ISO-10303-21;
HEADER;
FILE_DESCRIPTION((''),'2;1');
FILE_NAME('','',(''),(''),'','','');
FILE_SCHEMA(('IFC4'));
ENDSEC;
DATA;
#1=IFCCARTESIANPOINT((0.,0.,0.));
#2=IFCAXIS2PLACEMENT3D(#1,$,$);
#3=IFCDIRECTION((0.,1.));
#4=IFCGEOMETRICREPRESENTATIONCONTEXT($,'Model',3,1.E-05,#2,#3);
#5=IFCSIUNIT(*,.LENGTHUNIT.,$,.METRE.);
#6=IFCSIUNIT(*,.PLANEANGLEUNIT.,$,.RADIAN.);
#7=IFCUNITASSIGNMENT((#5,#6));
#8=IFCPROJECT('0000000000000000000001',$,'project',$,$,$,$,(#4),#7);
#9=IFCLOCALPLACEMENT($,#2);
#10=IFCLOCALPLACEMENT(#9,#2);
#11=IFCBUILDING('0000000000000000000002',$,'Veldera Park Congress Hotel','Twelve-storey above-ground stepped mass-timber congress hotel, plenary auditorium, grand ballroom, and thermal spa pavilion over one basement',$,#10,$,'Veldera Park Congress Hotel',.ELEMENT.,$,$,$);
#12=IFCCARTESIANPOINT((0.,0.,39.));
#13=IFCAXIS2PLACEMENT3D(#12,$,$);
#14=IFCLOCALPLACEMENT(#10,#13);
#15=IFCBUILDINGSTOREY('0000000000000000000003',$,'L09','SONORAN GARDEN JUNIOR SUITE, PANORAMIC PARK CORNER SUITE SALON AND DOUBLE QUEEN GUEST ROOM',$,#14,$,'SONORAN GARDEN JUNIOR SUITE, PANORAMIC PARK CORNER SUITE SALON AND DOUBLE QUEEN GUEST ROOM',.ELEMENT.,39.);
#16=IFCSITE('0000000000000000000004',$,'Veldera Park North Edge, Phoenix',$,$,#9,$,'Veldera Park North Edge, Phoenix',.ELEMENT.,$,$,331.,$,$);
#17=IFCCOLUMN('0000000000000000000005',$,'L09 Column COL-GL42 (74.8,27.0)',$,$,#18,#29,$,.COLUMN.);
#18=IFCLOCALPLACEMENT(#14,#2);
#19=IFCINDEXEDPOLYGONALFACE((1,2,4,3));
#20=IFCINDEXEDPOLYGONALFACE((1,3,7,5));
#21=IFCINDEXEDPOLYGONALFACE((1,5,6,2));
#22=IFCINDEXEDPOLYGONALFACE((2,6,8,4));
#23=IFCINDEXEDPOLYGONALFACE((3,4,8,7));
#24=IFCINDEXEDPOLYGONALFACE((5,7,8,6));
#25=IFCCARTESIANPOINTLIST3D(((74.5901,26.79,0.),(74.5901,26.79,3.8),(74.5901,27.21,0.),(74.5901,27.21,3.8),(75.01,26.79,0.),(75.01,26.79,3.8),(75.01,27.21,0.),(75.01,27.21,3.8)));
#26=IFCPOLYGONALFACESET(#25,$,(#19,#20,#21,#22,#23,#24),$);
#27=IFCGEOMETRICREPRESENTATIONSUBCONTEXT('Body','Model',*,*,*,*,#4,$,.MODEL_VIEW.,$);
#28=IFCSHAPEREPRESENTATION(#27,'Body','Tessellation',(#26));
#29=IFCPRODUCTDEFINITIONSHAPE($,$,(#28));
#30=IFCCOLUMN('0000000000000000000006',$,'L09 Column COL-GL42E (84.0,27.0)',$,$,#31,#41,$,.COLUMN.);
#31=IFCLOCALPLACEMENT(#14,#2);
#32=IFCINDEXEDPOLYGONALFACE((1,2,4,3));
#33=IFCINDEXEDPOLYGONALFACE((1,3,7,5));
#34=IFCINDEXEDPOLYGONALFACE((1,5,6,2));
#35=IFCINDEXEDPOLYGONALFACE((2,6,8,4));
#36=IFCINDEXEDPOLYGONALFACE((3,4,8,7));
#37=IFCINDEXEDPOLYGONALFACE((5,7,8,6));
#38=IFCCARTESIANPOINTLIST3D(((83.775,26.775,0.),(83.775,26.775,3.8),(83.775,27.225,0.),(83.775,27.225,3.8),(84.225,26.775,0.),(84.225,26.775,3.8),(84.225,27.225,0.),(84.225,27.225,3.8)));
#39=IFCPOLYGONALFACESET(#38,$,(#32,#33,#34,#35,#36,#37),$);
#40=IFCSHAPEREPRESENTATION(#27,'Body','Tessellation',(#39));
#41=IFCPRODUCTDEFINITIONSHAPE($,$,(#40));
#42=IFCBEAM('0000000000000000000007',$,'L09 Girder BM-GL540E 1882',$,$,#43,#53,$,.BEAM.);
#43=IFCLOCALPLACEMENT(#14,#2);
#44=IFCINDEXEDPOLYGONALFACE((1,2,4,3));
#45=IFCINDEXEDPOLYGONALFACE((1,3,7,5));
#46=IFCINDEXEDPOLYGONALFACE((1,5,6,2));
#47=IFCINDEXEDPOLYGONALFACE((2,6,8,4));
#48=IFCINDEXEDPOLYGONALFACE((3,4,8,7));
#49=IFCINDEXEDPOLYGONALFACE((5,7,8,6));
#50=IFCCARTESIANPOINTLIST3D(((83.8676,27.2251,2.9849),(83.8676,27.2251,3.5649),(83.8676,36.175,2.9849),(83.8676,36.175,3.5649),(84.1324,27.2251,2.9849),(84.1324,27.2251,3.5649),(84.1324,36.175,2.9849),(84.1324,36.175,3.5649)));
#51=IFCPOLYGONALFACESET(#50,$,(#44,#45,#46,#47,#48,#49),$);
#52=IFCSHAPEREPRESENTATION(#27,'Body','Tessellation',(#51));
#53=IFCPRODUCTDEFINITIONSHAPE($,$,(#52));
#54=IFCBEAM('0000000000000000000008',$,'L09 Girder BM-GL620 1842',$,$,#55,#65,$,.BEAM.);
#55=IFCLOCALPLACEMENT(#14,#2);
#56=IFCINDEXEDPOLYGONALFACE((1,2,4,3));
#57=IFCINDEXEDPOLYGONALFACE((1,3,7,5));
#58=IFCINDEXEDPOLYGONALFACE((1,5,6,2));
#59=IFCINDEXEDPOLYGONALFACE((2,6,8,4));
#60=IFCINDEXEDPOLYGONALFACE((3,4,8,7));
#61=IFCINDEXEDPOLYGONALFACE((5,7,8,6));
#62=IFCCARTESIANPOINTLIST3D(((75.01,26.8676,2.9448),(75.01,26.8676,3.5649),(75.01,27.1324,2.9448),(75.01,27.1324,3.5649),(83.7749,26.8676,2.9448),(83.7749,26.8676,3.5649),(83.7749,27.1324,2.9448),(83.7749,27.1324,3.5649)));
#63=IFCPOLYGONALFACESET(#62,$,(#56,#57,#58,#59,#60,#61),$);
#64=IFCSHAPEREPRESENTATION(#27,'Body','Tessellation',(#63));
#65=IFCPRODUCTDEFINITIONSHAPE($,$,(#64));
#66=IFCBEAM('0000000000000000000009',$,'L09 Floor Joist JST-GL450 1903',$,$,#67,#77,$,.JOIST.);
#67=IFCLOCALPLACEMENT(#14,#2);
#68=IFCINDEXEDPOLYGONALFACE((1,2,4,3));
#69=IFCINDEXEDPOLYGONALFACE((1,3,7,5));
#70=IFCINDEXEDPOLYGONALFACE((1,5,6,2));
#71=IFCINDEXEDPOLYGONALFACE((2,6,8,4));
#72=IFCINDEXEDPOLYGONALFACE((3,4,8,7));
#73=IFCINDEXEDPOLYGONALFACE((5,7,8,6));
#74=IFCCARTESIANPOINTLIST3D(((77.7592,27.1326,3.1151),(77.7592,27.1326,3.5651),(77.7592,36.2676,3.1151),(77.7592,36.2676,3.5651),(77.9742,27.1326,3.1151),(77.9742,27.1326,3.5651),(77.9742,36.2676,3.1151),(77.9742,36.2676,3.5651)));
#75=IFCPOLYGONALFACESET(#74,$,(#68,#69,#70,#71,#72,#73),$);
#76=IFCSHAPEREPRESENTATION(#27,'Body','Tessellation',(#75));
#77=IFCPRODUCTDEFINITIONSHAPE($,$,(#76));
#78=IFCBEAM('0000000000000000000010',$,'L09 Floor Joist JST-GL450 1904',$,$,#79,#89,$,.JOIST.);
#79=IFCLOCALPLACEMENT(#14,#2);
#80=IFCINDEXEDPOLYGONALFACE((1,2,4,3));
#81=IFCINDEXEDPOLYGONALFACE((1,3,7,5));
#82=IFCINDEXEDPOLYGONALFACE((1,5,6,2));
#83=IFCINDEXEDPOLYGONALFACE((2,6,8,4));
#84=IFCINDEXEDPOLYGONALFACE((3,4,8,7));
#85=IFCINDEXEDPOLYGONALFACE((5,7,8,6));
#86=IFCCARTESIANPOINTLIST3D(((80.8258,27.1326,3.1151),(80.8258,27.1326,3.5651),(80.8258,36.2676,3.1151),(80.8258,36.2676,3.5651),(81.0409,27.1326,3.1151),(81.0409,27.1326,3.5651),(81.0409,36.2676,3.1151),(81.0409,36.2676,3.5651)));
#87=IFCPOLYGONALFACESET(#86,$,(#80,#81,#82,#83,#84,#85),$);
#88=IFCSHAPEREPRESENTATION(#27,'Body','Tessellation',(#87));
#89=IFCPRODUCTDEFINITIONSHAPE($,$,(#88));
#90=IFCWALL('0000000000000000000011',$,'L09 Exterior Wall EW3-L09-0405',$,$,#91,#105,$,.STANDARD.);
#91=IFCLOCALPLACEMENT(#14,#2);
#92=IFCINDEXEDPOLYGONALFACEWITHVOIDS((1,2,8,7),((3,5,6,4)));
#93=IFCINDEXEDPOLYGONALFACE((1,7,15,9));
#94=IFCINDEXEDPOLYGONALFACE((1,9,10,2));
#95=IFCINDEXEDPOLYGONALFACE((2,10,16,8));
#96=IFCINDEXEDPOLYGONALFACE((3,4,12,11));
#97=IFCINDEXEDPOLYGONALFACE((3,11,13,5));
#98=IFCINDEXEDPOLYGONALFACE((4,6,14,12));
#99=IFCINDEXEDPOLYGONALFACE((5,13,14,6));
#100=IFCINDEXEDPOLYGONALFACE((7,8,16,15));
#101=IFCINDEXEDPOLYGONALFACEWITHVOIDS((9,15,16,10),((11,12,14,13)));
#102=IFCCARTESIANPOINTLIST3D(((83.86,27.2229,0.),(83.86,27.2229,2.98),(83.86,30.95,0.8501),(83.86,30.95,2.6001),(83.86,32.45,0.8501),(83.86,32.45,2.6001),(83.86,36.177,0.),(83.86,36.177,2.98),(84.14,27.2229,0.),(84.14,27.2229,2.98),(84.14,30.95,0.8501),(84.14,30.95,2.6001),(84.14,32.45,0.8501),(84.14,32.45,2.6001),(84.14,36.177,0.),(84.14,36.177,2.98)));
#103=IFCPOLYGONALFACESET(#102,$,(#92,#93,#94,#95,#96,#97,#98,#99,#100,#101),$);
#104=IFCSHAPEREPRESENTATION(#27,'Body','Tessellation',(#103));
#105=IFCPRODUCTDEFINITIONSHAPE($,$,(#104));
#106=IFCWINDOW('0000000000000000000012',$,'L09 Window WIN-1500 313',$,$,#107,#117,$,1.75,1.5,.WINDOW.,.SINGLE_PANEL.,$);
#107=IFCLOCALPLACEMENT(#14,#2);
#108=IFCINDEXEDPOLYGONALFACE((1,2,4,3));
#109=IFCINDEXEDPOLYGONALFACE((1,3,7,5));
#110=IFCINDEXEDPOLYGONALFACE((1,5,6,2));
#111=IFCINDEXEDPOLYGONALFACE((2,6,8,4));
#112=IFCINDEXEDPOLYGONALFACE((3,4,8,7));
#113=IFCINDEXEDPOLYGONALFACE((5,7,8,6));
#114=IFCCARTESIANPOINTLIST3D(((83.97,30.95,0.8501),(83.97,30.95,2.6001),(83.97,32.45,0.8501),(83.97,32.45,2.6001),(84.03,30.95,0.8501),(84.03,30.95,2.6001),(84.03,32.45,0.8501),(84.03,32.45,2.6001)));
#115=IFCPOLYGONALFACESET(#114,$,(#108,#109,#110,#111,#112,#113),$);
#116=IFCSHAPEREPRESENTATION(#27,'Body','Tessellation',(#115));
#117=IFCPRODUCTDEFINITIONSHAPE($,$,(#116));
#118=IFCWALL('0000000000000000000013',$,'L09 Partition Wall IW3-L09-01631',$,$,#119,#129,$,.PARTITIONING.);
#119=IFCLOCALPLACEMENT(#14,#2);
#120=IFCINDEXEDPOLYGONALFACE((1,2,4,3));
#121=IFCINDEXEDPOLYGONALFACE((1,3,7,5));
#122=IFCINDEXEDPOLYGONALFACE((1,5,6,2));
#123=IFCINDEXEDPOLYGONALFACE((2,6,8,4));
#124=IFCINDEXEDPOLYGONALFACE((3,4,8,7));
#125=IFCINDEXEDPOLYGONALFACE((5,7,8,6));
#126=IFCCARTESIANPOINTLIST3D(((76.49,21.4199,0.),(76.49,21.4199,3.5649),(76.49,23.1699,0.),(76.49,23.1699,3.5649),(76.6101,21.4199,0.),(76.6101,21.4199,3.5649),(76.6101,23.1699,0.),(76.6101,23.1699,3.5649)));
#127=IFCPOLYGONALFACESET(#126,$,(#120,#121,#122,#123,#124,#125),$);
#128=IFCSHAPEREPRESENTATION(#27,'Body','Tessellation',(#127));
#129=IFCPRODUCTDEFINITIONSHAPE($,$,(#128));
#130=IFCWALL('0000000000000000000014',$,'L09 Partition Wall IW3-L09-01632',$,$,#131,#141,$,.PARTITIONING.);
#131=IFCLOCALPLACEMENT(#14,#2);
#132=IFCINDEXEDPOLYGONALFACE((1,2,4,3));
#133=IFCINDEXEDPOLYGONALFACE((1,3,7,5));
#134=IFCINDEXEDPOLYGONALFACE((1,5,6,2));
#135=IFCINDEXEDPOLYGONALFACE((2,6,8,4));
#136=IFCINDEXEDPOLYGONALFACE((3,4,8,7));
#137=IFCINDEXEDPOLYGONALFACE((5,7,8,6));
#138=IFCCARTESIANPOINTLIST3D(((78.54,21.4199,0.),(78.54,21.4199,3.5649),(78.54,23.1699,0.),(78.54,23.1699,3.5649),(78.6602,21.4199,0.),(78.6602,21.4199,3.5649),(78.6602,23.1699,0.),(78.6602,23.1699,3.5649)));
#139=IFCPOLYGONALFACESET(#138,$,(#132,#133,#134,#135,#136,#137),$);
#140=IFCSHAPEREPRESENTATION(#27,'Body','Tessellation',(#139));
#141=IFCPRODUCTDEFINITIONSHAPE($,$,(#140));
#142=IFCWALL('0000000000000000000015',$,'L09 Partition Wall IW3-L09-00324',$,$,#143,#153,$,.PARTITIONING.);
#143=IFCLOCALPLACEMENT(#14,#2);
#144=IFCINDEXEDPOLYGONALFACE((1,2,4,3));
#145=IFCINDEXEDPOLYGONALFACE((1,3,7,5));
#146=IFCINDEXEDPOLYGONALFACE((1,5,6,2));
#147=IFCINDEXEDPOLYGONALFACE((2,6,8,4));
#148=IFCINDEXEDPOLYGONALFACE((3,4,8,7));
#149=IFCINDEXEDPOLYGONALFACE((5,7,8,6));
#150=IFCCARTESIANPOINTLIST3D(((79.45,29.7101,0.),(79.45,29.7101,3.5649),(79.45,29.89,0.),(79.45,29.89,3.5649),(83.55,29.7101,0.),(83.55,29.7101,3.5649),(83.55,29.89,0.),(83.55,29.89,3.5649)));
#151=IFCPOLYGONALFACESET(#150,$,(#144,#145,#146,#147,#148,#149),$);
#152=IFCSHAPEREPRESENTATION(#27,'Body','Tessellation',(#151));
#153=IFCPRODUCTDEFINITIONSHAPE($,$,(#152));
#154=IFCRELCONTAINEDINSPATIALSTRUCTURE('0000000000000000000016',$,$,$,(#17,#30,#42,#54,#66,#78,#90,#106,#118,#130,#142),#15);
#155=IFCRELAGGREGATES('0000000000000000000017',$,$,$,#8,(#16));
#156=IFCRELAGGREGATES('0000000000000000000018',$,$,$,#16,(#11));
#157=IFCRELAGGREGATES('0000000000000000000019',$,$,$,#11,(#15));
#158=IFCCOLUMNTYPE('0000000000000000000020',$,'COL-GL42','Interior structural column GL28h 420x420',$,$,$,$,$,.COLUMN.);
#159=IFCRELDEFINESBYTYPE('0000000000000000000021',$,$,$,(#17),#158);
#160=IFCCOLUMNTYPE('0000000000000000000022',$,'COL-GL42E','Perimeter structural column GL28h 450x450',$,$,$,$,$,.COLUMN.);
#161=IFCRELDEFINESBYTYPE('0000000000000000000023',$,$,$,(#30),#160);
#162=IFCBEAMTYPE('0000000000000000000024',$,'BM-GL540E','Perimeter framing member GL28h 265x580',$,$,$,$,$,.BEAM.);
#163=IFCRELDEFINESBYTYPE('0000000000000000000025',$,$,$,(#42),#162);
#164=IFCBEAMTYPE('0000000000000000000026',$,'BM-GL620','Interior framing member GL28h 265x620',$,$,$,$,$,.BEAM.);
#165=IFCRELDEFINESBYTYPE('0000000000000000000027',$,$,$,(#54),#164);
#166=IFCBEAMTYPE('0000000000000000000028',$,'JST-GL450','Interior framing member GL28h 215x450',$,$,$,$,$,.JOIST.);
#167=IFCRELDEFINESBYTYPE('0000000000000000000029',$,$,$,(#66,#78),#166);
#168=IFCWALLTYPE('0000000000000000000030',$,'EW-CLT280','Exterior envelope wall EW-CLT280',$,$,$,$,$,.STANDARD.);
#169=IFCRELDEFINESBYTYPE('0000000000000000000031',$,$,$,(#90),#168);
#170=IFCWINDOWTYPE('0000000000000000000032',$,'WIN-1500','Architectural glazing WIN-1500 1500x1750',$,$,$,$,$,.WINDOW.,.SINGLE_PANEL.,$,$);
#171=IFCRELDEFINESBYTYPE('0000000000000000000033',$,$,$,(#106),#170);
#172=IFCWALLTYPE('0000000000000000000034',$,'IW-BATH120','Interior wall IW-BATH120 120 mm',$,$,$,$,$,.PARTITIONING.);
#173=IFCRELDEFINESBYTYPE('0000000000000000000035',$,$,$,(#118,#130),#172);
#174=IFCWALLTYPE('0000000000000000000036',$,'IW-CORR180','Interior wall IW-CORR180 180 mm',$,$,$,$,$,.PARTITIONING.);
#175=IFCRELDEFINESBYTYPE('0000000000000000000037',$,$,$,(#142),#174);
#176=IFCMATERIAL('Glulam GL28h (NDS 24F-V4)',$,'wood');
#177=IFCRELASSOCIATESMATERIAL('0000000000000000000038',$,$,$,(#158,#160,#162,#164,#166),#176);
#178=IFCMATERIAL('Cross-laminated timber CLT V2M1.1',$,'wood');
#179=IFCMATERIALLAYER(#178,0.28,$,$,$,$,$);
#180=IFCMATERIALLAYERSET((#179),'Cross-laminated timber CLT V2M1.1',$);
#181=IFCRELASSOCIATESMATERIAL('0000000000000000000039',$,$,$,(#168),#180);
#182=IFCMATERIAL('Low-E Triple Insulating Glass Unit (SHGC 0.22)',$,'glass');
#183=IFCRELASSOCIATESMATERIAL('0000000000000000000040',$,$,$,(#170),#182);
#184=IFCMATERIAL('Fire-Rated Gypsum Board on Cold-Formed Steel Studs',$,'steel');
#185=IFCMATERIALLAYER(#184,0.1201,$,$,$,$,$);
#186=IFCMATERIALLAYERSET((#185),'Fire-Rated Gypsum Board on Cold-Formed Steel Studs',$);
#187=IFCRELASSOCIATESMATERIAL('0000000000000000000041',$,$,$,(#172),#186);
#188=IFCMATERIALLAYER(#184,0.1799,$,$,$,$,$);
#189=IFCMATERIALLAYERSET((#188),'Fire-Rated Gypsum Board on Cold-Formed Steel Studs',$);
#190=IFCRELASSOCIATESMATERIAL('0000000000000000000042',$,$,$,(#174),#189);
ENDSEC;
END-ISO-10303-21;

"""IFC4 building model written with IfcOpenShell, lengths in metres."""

from ifc_helpers import new_model, si_unit, direction, frame, frame_2d, origin, origin_2d, place, context, subcontext, project, spatial, rectangle, extrude, material, layer, layer_set, material_profile, profile_set, type_object, element, fill, save


model = new_model("IFC4")

# Units and contexts
model_context = context("Model", 3, precision=1e-05, world=origin(), true_north=direction((0.0, 1.0)))
body_context = subcontext(model_context, "Body", "Model", "MODEL_VIEW")
ifc_project = project(units=[si_unit("LENGTHUNIT", "METRE"), si_unit("PLANEANGLEUNIT", "RADIAN")], contexts=[model_context])

# Site, building, storey
site_placement = place(None, origin())
site = spatial("IfcSite", under=ifc_project, at=site_placement, Name="Veldera Park North Edge, Phoenix", LongName="Veldera Park North Edge, Phoenix", CompositionType="ELEMENT", RefElevation=331.0)
building_placement = place(site_placement, origin())
building = spatial("IfcBuilding", under=site, at=building_placement, Name="Veldera Park Congress Hotel", Description="Twelve-storey above-ground stepped mass-timber congress hotel, plenary auditorium, grand ballroom, and thermal spa pavilion over one basement", LongName="Veldera Park Congress Hotel", CompositionType="ELEMENT")
storey_placement = place(building_placement, frame((0.0, 0.0, 39.0)))
storey = spatial("IfcBuildingStorey", under=building, at=storey_placement, Name="L09", Description="SONORAN GARDEN JUNIOR SUITE, PANORAMIC PARK CORNER SUITE SALON AND DOUBLE QUEEN GUEST ROOM", LongName="SONORAN GARDEN JUNIOR SUITE, PANORAMIC PARK CORNER SUITE SALON AND DOUBLE QUEEN GUEST ROOM", CompositionType="ELEMENT", Elevation=39.0)

# Columns
ifc_material_1 = material(Name="Glulam GL28h (NDS 24F-V4)", Category="wood")
ifc_material_profile_1 = material_profile(ifc_material_1, rectangle(XDim=0.4199, YDim=0.4199, at=origin_2d()), Name="GL28h 420x420")
ifc_profile_set_1 = profile_set([ifc_material_profile_1], Name="Glulam GL28h (NDS 24F-V4)")
column_type_1 = type_object("IfcColumnType", Name="COL-GL42", Description="Interior structural column GL28h 420x420", PredefinedType="COLUMN", material=ifc_profile_set_1)
column_1_placement = place(storey_placement, frame((74.8, 27.0, 0.0), z_axis=(0.0, 0.0, 1.0), x_axis=(1.0, 0.0, 0.0)))
element("IfcColumn", 1, at=column_1_placement, inside=storey, type_object=column_type_1, Name="L09 Column COL-GL42 (74.8,27.0)", PredefinedType="COLUMN", context=body_context, shape_type="SweptSolid", body=[
    extrude(rectangle(XDim=0.4199, YDim=0.4199, at=origin_2d()), origin(), (0.0, 0.0, 1.0), 3.8),
])
ifc_material_profile_2 = material_profile(ifc_material_1, rectangle(XDim=0.45, YDim=0.45, at=origin_2d()), Name="GL28h 450x450")
ifc_profile_set_2 = profile_set([ifc_material_profile_2], Name="Glulam GL28h (NDS 24F-V4)")
column_type_2 = type_object("IfcColumnType", Name="COL-GL42E", Description="Perimeter structural column GL28h 450x450", PredefinedType="COLUMN", material=ifc_profile_set_2)
column_2_placement = place(storey_placement, frame((84.0, 27.0, 0.0), z_axis=(0.0, 0.0, 1.0), x_axis=(1.0, 0.0, 0.0)))
element("IfcColumn", 2, at=column_2_placement, inside=storey, type_object=column_type_2, Name="L09 Column COL-GL42E (84.0,27.0)", PredefinedType="COLUMN", context=body_context, shape_type="SweptSolid", body=[
    extrude(rectangle(XDim=0.45, YDim=0.45, at=origin_2d()), origin(), (0.0, 0.0, 1.0), 3.8),
])

# Beams
ifc_material_profile_3 = material_profile(ifc_material_1, rectangle(XDim=0.2649, YDim=0.5801, at=origin_2d()), Name="GL28h 265x580")
ifc_profile_set_3 = profile_set([ifc_material_profile_3], Name="Glulam GL28h (NDS 24F-V4)")
beam_type_1 = type_object("IfcBeamType", Name="BM-GL540E", Description="Perimeter framing member GL28h 265x580", PredefinedType="BEAM", material=ifc_profile_set_3)
beam_1_placement = place(storey_placement, frame((84.0, 27.2251, 3.2749), z_axis=(0.0, 1.0, 0.0), x_axis=(-1.0, 0.0, 0.0)))
element("IfcBeam", 3, at=beam_1_placement, inside=storey, type_object=beam_type_1, Name="L09 Girder BM-GL540E 1882", PredefinedType="BEAM", context=body_context, shape_type="SweptSolid", body=[
    extrude(rectangle(XDim=0.2649, YDim=0.5801, at=origin_2d()), origin(), (0.0, 0.0, 1.0), 8.95),
])
ifc_material_profile_4 = material_profile(ifc_material_1, rectangle(XDim=0.2649, YDim=0.6201, at=origin_2d()), Name="GL28h 265x620")
ifc_profile_set_4 = profile_set([ifc_material_profile_4], Name="Glulam GL28h (NDS 24F-V4)")
beam_type_2 = type_object("IfcBeamType", Name="BM-GL620", Description="Interior framing member GL28h 265x620", PredefinedType="BEAM", material=ifc_profile_set_4)
beam_2_placement = place(storey_placement, frame((75.01, 27.0, 3.2549), z_axis=(1.0, 0.0, 0.0), x_axis=(0.0, 1.0, 0.0)))
element("IfcBeam", 4, at=beam_2_placement, inside=storey, type_object=beam_type_2, Name="L09 Girder BM-GL620 1842", PredefinedType="BEAM", context=body_context, shape_type="SweptSolid", body=[
    extrude(rectangle(XDim=0.2649, YDim=0.6201, at=origin_2d()), origin(), (0.0, 0.0, 1.0), 8.7649),
])
ifc_material_profile_5 = material_profile(ifc_material_1, rectangle(XDim=0.2151, YDim=0.45, at=origin_2d()), Name="GL28h 215x450")
ifc_profile_set_5 = profile_set([ifc_material_profile_5], Name="Glulam GL28h (NDS 24F-V4)")
beam_type_3 = type_object("IfcBeamType", Name="JST-GL450", Description="Interior framing member GL28h 215x450", PredefinedType="JOIST", material=ifc_profile_set_5)
for number, where, z_axis, x_axis, name in (
    (5, (77.8667, 27.1326, 3.3401), (0.0, 1.0, 0.0), (-1.0, 0.0, 0.0), "L09 Floor Joist JST-GL450 1903"),
    (6, (80.9333, 27.1326, 3.3401), (0.0, 1.0, 0.0), (-1.0, 0.0, 0.0), "L09 Floor Joist JST-GL450 1904"),
):
    element("IfcBeam", number, at=place(storey_placement, frame(where, z_axis=z_axis, x_axis=x_axis)), inside=storey, type_object=beam_type_3, Name=name, PredefinedType="JOIST", context=body_context, shape_type="SweptSolid", body=[
        extrude(rectangle(XDim=0.2151, YDim=0.45, at=origin_2d()), origin(), (0.0, 0.0, 1.0), 9.135),
    ])

# Wall, opening, window
ifc_material_2 = material(Name="Cross-laminated timber CLT V2M1.1", Category="wood")
ifc_layer_1 = layer(ifc_material_2, 0.28)
ifc_layer_set_1 = layer_set([ifc_layer_1], Name="Cross-laminated timber CLT V2M1.1")
wall_type_1 = type_object("IfcWallType", Name="EW-CLT280", Description="Exterior envelope wall EW-CLT280", PredefinedType="STANDARD", material=ifc_layer_set_1)
wall_1_placement = place(storey_placement, frame((84.0, 27.2229, 0.0), z_axis=(0.0, 0.0, 1.0), x_axis=(0.0, 1.0, 0.0)))
wall_1 = element("IfcWall", 7, at=wall_1_placement, inside=storey, type_object=wall_type_1, Name="L09 Exterior Wall EW3-L09-0405", PredefinedType="STANDARD", context=body_context, shape_type="SweptSolid", body=[
    extrude(rectangle(XDim=8.9541, YDim=0.28, at=frame_2d((4.4771, 0.0))), origin(), (0.0, 0.0, 1.0), 2.98),
])
opening_1_placement = place(wall_1_placement, frame((3.7271, 0.0, 0.8501)))
opening_1 = element("IfcOpeningElement", 8, at=opening_1_placement, cuts=wall_1, PredefinedType="OPENING", context=body_context, shape_type="SweptSolid", body=[
    extrude(rectangle(XDim=1.5, YDim=1.75, at=frame_2d((0.75, 0.875))), frame((0.0, 0.1521, 0.0), z_axis=(0.0, -1.0, 0.0), x_axis=(1.0, 0.0, 0.0)), (0.0, 0.0, 1.0), 0.304),
])
ifc_material_3 = material(Name="Low-E Triple Insulating Glass Unit (SHGC 0.22)", Category="glass")
window_type = type_object("IfcWindowType", Name="WIN-1500", Description="Architectural glazing WIN-1500 1500x1750", PartitioningType="SINGLE_PANEL", PredefinedType="WINDOW", material=ifc_material_3)
window_placement = place(opening_1_placement, origin())
window = element("IfcWindow", 9, at=window_placement, inside=storey, type_object=window_type, Name="L09 Window WIN-1500 313", OverallHeight=1.75, OverallWidth=1.5, PartitioningType="SINGLE_PANEL", PredefinedType="WINDOW", context=body_context, shape_type="SweptSolid", body=[
    extrude(rectangle(XDim=1.5, YDim=1.75, at=frame_2d((0.75, 0.875))), frame((0.0, 0.03, 0.0), z_axis=(0.0, -1.0, 0.0), x_axis=(1.0, 0.0, 0.0)), (0.0, 0.0, 1.0), 0.0601),
])
fill(opening_1, window)

# Shared definitions
ifc_material_4 = material(Name="Fire-Rated Gypsum Board on Cold-Formed Steel Studs", Category="steel")
ifc_layer_2 = layer(ifc_material_4, 0.1201)
ifc_layer_set_2 = layer_set([ifc_layer_2], Name="Fire-Rated Gypsum Board on Cold-Formed Steel Studs")
wall_type_2 = type_object("IfcWallType", Name="IW-BATH120", Description="Interior wall IW-BATH120 120 mm", PredefinedType="PARTITIONING", material=ifc_layer_set_2)

# Walls
for number, where, z_axis, x_axis, name in (
    (10, (76.55, 21.4199, 0.0), (0.0, 0.0, 1.0), (0.0, 1.0, 0.0), "L09 Partition Wall IW3-L09-01631"),
    (11, (78.6001, 21.4199, 0.0), (0.0, 0.0, 1.0), (0.0, 1.0, 0.0), "L09 Partition Wall IW3-L09-01632"),
):
    element("IfcWall", number, at=place(storey_placement, frame(where, z_axis=z_axis, x_axis=x_axis)), inside=storey, type_object=wall_type_2, Name=name, PredefinedType="PARTITIONING", context=body_context, shape_type="SweptSolid", body=[
        extrude(rectangle(XDim=1.75, YDim=0.1201, at=frame_2d((0.875, 0.0))), origin(), (0.0, 0.0, 1.0), 3.5649),
    ])

# Wall
ifc_layer_3 = layer(ifc_material_4, 0.1799)
ifc_layer_set_3 = layer_set([ifc_layer_3], Name="Fire-Rated Gypsum Board on Cold-Formed Steel Studs")
wall_type_3 = type_object("IfcWallType", Name="IW-CORR180", Description="Interior wall IW-CORR180 180 mm", PredefinedType="PARTITIONING", material=ifc_layer_set_3)
wall_2_placement = place(storey_placement, frame((79.45, 29.8, 0.0), z_axis=(0.0, 0.0, 1.0), x_axis=(1.0, 0.0, 0.0)))
element("IfcWall", 12, at=wall_2_placement, inside=storey, type_object=wall_type_3, Name="L09 Partition Wall IW3-L09-00324", PredefinedType="PARTITIONING", context=body_context, shape_type="SweptSolid", body=[
    extrude(rectangle(XDim=4.1001, YDim=0.1799, at=frame_2d((2.05, 0.0))), origin(), (0.0, 0.0, 1.0), 3.5649),
])

save(model, "model.ifc")
